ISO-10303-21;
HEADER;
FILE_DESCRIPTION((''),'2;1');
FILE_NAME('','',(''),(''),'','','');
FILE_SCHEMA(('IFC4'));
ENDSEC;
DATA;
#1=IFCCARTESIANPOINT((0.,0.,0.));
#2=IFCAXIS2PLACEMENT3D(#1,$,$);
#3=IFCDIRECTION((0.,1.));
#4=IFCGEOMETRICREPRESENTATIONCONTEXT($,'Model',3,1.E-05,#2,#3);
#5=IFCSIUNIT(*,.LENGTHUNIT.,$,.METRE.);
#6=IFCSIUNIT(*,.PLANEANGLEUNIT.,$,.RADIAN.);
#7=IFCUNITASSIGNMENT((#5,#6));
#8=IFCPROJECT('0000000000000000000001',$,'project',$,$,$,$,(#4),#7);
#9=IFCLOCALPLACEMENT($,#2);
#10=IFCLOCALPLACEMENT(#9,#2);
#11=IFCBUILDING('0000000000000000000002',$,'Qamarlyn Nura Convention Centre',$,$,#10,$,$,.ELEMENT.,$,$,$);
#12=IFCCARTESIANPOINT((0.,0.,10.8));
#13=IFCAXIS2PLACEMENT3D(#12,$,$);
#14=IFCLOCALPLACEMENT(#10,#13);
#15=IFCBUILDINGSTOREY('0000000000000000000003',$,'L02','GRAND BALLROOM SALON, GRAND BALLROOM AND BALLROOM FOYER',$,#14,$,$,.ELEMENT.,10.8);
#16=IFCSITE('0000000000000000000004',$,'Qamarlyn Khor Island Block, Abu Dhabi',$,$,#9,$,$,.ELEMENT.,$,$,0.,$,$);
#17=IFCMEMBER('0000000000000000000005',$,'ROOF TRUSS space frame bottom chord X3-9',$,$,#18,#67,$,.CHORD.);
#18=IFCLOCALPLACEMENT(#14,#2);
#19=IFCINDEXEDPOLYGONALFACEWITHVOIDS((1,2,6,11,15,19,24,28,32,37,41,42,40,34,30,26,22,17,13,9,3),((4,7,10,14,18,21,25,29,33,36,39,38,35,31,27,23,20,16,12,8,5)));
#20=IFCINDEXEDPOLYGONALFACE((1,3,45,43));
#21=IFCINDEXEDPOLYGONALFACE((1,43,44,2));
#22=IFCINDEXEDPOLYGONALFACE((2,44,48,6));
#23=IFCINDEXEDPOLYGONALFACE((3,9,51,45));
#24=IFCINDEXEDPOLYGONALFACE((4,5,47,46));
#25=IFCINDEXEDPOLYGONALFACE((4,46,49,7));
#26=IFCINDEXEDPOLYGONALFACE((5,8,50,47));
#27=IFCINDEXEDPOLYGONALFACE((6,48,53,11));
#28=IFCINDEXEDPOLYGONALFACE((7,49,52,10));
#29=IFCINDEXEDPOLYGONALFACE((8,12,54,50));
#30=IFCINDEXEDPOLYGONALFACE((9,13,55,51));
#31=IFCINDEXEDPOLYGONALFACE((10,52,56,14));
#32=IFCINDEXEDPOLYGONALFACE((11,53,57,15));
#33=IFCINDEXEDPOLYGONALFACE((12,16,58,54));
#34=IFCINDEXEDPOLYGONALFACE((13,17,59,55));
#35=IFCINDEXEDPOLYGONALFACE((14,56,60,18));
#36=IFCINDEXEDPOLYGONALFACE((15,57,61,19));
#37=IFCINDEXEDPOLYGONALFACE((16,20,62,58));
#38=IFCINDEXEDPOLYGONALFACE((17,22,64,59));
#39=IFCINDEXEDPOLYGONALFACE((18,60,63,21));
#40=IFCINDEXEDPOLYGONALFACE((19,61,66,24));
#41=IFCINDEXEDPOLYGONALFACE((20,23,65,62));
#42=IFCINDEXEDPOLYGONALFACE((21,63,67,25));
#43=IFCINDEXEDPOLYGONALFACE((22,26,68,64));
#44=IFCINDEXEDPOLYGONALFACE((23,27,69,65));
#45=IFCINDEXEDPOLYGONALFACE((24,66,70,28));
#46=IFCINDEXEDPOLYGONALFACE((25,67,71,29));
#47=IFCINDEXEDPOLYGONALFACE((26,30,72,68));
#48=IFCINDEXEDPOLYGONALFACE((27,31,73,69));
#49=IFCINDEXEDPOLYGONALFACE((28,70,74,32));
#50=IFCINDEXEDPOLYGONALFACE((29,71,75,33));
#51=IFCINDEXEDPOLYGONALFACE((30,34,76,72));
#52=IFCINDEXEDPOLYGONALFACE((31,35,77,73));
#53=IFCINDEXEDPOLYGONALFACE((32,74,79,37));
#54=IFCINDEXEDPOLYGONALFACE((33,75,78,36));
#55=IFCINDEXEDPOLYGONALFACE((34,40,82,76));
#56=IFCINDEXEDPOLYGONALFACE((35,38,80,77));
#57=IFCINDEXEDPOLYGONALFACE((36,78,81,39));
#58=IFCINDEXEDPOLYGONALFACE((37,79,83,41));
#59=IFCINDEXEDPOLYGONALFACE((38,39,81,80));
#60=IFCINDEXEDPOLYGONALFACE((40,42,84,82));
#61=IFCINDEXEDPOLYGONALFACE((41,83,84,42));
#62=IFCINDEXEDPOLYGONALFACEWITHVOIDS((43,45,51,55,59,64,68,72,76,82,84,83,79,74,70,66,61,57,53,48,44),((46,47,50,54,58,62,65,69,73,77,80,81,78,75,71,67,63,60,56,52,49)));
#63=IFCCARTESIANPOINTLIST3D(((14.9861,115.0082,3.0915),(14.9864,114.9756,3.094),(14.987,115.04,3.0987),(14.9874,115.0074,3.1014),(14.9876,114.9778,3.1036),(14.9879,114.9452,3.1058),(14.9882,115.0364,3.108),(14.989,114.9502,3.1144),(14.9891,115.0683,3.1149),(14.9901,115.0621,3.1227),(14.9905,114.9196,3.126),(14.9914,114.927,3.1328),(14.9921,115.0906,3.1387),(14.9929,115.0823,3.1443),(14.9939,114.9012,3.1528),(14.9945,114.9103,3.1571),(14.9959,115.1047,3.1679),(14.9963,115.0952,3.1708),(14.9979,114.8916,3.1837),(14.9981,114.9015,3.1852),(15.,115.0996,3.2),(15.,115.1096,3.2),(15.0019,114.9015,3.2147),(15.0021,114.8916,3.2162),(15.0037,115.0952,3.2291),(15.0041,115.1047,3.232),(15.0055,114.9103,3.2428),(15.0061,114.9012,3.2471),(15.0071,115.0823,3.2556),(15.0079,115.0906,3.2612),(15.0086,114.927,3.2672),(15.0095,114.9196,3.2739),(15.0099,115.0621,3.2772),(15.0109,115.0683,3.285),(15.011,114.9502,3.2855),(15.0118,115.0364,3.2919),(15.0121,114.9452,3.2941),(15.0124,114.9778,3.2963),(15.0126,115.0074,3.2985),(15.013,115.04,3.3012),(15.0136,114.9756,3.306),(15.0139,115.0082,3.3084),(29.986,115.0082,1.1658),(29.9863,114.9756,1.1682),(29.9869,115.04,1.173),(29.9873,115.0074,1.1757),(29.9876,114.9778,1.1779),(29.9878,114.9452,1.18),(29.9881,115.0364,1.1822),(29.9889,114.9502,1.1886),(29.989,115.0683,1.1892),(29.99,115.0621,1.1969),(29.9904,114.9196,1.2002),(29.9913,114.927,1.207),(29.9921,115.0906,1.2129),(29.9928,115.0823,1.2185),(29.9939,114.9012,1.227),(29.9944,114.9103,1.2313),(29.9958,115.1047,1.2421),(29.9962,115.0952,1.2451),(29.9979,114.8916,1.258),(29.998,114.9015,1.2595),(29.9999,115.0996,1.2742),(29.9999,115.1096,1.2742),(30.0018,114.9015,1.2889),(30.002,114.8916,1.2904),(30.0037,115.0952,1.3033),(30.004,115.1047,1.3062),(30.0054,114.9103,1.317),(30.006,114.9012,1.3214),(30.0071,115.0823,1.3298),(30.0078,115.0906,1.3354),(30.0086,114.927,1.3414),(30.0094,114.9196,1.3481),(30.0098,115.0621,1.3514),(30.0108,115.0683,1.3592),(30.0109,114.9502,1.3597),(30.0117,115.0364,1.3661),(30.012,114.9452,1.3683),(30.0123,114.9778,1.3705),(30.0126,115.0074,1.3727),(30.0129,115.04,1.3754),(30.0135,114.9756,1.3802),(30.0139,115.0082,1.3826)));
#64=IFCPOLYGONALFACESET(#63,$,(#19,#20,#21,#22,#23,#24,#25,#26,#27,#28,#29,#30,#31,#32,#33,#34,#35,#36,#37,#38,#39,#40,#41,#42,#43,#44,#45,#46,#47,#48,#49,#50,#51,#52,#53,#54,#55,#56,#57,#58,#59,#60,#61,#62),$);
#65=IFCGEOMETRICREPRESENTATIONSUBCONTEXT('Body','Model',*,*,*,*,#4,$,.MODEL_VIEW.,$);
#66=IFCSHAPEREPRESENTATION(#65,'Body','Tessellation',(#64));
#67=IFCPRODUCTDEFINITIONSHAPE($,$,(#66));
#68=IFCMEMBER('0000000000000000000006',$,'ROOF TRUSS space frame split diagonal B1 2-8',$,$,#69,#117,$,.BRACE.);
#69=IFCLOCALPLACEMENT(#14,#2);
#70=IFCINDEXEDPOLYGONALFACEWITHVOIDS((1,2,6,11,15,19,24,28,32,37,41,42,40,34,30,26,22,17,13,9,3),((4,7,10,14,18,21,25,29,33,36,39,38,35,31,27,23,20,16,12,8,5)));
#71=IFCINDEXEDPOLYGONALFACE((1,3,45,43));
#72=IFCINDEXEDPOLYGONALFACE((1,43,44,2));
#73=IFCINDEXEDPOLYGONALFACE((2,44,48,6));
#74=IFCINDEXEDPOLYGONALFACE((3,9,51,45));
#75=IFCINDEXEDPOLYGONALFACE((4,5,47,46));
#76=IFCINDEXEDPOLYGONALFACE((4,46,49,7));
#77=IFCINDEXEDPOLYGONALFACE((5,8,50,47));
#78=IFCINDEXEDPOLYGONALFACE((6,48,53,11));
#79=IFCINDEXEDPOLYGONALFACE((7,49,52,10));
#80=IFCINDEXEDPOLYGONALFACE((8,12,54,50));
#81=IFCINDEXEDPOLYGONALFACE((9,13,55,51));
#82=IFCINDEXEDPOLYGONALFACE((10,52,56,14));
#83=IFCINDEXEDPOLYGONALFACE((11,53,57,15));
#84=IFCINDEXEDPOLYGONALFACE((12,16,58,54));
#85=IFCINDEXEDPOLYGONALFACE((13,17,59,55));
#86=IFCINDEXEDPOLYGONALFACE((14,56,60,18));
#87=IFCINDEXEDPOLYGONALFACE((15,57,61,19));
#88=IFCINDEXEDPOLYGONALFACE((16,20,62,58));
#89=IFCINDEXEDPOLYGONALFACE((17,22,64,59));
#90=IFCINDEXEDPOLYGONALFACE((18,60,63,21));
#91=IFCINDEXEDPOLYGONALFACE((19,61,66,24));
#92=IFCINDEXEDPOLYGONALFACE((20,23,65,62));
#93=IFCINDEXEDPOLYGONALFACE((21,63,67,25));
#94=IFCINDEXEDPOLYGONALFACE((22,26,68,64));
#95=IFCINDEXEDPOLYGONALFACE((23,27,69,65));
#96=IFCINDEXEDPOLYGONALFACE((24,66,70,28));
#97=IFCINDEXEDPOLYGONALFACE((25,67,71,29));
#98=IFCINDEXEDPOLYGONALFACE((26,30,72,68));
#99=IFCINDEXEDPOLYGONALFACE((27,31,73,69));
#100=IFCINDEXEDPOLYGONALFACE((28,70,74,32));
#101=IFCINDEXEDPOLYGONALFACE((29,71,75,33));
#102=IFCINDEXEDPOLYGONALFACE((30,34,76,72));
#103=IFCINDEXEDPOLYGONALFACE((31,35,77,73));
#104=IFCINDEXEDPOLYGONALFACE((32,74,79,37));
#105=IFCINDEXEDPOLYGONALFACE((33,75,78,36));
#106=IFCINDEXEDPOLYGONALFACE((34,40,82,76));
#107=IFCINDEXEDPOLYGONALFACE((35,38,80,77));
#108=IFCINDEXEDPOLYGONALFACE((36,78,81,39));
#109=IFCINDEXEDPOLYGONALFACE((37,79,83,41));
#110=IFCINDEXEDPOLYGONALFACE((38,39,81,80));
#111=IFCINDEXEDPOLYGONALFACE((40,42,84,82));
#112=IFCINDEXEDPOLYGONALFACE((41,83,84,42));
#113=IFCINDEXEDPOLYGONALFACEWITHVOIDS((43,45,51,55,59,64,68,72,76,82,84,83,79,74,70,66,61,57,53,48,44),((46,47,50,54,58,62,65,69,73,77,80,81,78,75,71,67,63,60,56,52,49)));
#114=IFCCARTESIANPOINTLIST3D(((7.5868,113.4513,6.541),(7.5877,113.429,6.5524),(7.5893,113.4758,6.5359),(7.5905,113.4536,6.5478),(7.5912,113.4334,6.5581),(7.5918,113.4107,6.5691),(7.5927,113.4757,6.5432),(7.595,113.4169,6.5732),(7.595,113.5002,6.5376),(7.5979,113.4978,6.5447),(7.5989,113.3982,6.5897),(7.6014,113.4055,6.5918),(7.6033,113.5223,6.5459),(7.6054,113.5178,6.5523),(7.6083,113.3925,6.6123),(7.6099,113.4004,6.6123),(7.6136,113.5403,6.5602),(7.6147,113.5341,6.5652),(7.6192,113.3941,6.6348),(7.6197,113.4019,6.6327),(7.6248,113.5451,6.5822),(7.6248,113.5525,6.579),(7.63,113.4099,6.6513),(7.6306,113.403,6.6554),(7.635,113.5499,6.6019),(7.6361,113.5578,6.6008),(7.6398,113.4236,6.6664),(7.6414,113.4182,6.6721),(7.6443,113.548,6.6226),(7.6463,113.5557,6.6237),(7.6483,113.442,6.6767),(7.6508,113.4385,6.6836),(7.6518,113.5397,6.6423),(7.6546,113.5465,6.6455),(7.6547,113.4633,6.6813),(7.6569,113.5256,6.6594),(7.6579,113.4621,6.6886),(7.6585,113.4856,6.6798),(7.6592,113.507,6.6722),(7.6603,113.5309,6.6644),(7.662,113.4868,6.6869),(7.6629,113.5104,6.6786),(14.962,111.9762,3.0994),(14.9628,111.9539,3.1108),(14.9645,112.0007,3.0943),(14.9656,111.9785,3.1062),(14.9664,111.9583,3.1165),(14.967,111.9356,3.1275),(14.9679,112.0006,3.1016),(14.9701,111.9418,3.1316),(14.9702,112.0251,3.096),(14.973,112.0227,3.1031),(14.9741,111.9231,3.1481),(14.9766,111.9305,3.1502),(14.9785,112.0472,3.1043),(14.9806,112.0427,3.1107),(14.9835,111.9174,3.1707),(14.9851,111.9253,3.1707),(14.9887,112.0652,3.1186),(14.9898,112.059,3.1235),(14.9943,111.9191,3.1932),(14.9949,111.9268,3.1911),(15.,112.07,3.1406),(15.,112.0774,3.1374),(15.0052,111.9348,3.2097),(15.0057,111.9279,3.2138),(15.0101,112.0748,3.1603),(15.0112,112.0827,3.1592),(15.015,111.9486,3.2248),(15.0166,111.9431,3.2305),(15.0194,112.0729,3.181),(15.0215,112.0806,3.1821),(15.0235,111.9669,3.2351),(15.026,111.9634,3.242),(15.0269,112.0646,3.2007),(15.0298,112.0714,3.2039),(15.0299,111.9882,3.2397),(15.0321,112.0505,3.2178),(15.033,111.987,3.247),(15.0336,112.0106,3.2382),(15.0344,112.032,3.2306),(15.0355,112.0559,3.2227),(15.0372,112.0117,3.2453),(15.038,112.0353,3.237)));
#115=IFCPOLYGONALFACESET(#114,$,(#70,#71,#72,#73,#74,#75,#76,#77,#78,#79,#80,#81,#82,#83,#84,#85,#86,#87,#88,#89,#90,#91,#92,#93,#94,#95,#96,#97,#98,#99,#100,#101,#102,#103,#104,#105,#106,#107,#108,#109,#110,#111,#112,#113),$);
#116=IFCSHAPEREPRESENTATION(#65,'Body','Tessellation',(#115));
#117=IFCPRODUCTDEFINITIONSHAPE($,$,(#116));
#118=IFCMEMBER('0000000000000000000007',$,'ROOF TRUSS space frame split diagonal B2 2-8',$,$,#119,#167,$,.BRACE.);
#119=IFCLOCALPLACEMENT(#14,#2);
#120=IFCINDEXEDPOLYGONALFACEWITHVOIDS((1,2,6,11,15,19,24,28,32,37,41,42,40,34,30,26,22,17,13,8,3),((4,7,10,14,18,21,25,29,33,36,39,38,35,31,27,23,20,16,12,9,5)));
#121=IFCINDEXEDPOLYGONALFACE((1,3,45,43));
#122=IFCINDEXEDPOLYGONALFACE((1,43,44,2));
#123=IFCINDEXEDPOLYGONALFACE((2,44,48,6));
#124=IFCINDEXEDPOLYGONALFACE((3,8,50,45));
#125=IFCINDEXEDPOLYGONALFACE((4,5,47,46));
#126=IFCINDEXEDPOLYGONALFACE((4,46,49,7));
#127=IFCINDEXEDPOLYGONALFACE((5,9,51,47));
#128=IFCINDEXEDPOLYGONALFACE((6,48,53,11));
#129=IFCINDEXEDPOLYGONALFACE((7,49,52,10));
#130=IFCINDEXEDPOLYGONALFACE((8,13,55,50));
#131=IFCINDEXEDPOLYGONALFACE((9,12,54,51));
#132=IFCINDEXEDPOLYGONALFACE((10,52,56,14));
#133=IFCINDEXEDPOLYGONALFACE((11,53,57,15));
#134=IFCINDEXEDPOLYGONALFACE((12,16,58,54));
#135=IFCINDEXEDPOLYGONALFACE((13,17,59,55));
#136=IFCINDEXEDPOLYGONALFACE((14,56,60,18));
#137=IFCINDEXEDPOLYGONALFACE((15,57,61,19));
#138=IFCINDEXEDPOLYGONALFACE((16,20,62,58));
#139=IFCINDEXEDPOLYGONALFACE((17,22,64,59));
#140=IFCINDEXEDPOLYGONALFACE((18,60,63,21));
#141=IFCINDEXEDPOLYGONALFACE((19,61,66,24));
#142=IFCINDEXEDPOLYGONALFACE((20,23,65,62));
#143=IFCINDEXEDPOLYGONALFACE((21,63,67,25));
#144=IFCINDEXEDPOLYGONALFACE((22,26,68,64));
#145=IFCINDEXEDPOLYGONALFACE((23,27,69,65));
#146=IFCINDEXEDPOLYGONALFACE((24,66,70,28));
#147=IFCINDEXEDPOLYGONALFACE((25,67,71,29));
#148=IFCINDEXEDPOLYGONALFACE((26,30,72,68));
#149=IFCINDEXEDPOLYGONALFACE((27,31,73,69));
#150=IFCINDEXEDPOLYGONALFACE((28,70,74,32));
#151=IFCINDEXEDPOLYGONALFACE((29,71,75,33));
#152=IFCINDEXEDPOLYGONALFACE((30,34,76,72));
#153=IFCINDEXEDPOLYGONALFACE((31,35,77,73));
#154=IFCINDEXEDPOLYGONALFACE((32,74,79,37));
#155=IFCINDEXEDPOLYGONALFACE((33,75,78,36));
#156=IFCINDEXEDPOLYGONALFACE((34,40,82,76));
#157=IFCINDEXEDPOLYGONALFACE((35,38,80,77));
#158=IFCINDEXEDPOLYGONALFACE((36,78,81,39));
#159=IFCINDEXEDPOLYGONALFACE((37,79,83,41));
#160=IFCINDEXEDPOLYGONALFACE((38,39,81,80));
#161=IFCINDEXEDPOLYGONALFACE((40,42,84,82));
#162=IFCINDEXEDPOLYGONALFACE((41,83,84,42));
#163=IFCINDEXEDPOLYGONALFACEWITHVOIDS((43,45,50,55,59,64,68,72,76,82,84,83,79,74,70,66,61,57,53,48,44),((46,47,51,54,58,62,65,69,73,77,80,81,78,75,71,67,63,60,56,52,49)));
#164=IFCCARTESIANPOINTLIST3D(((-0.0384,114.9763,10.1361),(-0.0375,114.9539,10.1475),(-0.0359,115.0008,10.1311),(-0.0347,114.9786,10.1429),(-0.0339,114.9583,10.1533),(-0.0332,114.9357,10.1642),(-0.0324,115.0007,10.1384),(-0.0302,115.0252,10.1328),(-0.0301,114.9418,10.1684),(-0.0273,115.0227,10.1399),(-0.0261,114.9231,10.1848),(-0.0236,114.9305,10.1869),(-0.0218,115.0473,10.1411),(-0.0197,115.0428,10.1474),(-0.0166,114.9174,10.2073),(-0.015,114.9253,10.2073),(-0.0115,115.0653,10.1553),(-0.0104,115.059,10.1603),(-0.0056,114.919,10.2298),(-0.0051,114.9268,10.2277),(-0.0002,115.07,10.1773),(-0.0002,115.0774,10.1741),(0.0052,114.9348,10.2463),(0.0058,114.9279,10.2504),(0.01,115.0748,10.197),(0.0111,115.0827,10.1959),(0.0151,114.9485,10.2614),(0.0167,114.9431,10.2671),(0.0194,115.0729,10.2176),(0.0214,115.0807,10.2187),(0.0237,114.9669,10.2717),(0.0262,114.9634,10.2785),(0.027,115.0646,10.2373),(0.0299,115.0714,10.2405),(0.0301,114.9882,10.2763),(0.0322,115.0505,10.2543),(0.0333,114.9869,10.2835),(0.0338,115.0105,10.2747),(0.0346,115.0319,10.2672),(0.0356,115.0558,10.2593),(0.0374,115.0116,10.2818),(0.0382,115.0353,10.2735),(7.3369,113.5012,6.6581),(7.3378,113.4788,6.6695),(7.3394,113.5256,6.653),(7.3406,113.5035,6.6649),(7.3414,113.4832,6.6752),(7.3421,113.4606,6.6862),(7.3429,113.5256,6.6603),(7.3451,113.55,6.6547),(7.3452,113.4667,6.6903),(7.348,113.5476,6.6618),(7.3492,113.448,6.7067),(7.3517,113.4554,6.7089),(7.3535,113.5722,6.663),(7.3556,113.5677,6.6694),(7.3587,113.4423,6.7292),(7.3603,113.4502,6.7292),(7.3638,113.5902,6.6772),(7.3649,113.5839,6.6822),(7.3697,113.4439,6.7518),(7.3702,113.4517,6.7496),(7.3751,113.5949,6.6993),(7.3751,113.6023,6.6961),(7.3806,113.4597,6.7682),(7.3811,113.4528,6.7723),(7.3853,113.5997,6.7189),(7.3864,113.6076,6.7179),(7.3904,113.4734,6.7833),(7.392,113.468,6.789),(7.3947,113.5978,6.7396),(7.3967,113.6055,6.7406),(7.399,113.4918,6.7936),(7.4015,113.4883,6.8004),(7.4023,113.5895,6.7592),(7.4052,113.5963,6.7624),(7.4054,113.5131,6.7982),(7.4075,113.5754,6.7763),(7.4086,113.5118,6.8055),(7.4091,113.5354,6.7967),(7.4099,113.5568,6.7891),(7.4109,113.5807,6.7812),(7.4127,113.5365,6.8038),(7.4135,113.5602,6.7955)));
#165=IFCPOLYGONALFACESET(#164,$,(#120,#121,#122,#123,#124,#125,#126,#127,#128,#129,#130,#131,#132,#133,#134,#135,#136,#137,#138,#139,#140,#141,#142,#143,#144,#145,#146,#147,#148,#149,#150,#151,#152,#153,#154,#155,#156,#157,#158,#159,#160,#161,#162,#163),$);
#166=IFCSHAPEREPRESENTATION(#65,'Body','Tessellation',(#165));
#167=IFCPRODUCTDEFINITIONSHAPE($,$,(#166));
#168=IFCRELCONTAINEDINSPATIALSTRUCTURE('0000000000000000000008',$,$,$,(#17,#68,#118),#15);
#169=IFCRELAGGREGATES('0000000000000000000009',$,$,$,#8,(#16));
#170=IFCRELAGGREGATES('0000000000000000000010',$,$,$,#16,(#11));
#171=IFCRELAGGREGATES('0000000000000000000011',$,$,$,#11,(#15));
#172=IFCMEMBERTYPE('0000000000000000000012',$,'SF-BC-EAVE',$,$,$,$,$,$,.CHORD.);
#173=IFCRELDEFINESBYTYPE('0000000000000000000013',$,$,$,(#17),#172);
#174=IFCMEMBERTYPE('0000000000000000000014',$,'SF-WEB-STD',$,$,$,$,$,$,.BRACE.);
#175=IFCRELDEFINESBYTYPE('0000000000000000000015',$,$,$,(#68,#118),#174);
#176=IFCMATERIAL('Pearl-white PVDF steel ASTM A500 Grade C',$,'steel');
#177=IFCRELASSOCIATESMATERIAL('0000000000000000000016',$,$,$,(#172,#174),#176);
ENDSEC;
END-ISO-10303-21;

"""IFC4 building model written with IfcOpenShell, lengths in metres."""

from ifc_helpers import new_model, si_unit, direction, frame, origin, origin_2d, place, context, subcontext, project, spatial, hollow_circle, extrude, material, material_profile, profile_set, type_object, element, save


model = new_model("IFC4")

# Units and contexts
model_context = context("Model", 3, precision=1e-05, world=origin(), true_north=direction((0.0, 1.0)))
body_context = subcontext(model_context, "Body", "Model", "MODEL_VIEW")
ifc_project = project(units=[si_unit("LENGTHUNIT", "METRE"), si_unit("PLANEANGLEUNIT", "RADIAN")], contexts=[model_context])

# Site, building, storey
site_placement = place(None, origin())
site = spatial("IfcSite", under=ifc_project, at=site_placement, Name="Qamarlyn Khor Island Block, Abu Dhabi", CompositionType="ELEMENT", RefElevation=0.0)
building_placement = place(site_placement, origin())
building = spatial("IfcBuilding", under=site, at=building_placement, Name="Qamarlyn Nura Convention Centre", CompositionType="ELEMENT")
storey_placement = place(building_placement, frame((0.0, 0.0, 10.8)))
storey = spatial("IfcBuildingStorey", under=building, at=storey_placement, Name="L02", Description="GRAND BALLROOM SALON, GRAND BALLROOM AND BALLROOM FOYER", CompositionType="ELEMENT", Elevation=10.8)

# Members
ifc_material_1 = material(Name="Pearl-white PVDF steel ASTM A500 Grade C", Category="steel")
ifc_material_profile_1 = material_profile(ifc_material_1, hollow_circle(Radius=0.1096, WallThickness=0.01, at=origin_2d()), Name="CHS219.1X10")
ifc_profile_set_1 = profile_set([ifc_material_profile_1], Name="Pearl-white PVDF steel ASTM A500 Grade C")
member_type_1 = type_object("IfcMemberType", Name="SF-BC-EAVE", PredefinedType="CHORD", material=ifc_profile_set_1)
member_1_placement = place(storey_placement, frame((15.0, 115.0, 3.2), z_axis=(0.991859, 0.0, -0.12734), x_axis=(0.0, 1.0, 0.0)))
element("IfcMember", 1, at=member_1_placement, inside=storey, type_object=member_type_1, Name="ROOF TRUSS space frame bottom chord X3-9", PredefinedType="CHORD", context=body_context, shape_type="SweptSolid", body=[
    extrude(hollow_circle(Radius=0.1096, WallThickness=0.01, at=origin_2d()), origin(), (0.0, 0.0, 1.0), 15.123),
])
ifc_material_profile_2 = material_profile(ifc_material_1, hollow_circle(Radius=0.0842, WallThickness=0.0081, at=origin_2d()), Name="CHS168.3X8")
ifc_profile_set_2 = profile_set([ifc_material_profile_2], Name="Pearl-white PVDF steel ASTM A500 Grade C")
member_type_2 = type_object("IfcMemberType", Name="SF-WEB-STD", PredefinedType="BRACE", material=ifc_profile_set_2)
member_2_placement = place(storey_placement, frame((15.0, 112.0, 3.1707), z_axis=(-0.891662, 0.178338, 0.416093), x_axis=(-0.196122, -0.980579, 0.0)))
element("IfcMember", 2, at=member_2_placement, inside=storey, type_object=member_type_2, Name="ROOF TRUSS space frame split diagonal B1 2-8", PredefinedType="BRACE", context=body_context, shape_type="SweptSolid", body=[
    extrude(hollow_circle(Radius=0.0842, WallThickness=0.0081, at=origin_2d()), origin(), (0.0, 0.0, 1.0), 8.2712),
])
member_3_placement = place(storey_placement, frame((7.3752, 113.5249, 6.7292), z_axis=(-0.890027, 0.178011, 0.41972), x_axis=(-0.196122, -0.980579, 0.0)))
element("IfcMember", 3, at=member_3_placement, inside=storey, type_object=member_type_2, Name="ROOF TRUSS space frame split diagonal B2 2-8", PredefinedType="BRACE", context=body_context, shape_type="SweptSolid", body=[
    extrude(hollow_circle(Radius=0.0842, WallThickness=0.0081, at=origin_2d()), origin(), (0.0, 0.0, 1.0), 8.2866),
])

save(model, "model.ifc")
